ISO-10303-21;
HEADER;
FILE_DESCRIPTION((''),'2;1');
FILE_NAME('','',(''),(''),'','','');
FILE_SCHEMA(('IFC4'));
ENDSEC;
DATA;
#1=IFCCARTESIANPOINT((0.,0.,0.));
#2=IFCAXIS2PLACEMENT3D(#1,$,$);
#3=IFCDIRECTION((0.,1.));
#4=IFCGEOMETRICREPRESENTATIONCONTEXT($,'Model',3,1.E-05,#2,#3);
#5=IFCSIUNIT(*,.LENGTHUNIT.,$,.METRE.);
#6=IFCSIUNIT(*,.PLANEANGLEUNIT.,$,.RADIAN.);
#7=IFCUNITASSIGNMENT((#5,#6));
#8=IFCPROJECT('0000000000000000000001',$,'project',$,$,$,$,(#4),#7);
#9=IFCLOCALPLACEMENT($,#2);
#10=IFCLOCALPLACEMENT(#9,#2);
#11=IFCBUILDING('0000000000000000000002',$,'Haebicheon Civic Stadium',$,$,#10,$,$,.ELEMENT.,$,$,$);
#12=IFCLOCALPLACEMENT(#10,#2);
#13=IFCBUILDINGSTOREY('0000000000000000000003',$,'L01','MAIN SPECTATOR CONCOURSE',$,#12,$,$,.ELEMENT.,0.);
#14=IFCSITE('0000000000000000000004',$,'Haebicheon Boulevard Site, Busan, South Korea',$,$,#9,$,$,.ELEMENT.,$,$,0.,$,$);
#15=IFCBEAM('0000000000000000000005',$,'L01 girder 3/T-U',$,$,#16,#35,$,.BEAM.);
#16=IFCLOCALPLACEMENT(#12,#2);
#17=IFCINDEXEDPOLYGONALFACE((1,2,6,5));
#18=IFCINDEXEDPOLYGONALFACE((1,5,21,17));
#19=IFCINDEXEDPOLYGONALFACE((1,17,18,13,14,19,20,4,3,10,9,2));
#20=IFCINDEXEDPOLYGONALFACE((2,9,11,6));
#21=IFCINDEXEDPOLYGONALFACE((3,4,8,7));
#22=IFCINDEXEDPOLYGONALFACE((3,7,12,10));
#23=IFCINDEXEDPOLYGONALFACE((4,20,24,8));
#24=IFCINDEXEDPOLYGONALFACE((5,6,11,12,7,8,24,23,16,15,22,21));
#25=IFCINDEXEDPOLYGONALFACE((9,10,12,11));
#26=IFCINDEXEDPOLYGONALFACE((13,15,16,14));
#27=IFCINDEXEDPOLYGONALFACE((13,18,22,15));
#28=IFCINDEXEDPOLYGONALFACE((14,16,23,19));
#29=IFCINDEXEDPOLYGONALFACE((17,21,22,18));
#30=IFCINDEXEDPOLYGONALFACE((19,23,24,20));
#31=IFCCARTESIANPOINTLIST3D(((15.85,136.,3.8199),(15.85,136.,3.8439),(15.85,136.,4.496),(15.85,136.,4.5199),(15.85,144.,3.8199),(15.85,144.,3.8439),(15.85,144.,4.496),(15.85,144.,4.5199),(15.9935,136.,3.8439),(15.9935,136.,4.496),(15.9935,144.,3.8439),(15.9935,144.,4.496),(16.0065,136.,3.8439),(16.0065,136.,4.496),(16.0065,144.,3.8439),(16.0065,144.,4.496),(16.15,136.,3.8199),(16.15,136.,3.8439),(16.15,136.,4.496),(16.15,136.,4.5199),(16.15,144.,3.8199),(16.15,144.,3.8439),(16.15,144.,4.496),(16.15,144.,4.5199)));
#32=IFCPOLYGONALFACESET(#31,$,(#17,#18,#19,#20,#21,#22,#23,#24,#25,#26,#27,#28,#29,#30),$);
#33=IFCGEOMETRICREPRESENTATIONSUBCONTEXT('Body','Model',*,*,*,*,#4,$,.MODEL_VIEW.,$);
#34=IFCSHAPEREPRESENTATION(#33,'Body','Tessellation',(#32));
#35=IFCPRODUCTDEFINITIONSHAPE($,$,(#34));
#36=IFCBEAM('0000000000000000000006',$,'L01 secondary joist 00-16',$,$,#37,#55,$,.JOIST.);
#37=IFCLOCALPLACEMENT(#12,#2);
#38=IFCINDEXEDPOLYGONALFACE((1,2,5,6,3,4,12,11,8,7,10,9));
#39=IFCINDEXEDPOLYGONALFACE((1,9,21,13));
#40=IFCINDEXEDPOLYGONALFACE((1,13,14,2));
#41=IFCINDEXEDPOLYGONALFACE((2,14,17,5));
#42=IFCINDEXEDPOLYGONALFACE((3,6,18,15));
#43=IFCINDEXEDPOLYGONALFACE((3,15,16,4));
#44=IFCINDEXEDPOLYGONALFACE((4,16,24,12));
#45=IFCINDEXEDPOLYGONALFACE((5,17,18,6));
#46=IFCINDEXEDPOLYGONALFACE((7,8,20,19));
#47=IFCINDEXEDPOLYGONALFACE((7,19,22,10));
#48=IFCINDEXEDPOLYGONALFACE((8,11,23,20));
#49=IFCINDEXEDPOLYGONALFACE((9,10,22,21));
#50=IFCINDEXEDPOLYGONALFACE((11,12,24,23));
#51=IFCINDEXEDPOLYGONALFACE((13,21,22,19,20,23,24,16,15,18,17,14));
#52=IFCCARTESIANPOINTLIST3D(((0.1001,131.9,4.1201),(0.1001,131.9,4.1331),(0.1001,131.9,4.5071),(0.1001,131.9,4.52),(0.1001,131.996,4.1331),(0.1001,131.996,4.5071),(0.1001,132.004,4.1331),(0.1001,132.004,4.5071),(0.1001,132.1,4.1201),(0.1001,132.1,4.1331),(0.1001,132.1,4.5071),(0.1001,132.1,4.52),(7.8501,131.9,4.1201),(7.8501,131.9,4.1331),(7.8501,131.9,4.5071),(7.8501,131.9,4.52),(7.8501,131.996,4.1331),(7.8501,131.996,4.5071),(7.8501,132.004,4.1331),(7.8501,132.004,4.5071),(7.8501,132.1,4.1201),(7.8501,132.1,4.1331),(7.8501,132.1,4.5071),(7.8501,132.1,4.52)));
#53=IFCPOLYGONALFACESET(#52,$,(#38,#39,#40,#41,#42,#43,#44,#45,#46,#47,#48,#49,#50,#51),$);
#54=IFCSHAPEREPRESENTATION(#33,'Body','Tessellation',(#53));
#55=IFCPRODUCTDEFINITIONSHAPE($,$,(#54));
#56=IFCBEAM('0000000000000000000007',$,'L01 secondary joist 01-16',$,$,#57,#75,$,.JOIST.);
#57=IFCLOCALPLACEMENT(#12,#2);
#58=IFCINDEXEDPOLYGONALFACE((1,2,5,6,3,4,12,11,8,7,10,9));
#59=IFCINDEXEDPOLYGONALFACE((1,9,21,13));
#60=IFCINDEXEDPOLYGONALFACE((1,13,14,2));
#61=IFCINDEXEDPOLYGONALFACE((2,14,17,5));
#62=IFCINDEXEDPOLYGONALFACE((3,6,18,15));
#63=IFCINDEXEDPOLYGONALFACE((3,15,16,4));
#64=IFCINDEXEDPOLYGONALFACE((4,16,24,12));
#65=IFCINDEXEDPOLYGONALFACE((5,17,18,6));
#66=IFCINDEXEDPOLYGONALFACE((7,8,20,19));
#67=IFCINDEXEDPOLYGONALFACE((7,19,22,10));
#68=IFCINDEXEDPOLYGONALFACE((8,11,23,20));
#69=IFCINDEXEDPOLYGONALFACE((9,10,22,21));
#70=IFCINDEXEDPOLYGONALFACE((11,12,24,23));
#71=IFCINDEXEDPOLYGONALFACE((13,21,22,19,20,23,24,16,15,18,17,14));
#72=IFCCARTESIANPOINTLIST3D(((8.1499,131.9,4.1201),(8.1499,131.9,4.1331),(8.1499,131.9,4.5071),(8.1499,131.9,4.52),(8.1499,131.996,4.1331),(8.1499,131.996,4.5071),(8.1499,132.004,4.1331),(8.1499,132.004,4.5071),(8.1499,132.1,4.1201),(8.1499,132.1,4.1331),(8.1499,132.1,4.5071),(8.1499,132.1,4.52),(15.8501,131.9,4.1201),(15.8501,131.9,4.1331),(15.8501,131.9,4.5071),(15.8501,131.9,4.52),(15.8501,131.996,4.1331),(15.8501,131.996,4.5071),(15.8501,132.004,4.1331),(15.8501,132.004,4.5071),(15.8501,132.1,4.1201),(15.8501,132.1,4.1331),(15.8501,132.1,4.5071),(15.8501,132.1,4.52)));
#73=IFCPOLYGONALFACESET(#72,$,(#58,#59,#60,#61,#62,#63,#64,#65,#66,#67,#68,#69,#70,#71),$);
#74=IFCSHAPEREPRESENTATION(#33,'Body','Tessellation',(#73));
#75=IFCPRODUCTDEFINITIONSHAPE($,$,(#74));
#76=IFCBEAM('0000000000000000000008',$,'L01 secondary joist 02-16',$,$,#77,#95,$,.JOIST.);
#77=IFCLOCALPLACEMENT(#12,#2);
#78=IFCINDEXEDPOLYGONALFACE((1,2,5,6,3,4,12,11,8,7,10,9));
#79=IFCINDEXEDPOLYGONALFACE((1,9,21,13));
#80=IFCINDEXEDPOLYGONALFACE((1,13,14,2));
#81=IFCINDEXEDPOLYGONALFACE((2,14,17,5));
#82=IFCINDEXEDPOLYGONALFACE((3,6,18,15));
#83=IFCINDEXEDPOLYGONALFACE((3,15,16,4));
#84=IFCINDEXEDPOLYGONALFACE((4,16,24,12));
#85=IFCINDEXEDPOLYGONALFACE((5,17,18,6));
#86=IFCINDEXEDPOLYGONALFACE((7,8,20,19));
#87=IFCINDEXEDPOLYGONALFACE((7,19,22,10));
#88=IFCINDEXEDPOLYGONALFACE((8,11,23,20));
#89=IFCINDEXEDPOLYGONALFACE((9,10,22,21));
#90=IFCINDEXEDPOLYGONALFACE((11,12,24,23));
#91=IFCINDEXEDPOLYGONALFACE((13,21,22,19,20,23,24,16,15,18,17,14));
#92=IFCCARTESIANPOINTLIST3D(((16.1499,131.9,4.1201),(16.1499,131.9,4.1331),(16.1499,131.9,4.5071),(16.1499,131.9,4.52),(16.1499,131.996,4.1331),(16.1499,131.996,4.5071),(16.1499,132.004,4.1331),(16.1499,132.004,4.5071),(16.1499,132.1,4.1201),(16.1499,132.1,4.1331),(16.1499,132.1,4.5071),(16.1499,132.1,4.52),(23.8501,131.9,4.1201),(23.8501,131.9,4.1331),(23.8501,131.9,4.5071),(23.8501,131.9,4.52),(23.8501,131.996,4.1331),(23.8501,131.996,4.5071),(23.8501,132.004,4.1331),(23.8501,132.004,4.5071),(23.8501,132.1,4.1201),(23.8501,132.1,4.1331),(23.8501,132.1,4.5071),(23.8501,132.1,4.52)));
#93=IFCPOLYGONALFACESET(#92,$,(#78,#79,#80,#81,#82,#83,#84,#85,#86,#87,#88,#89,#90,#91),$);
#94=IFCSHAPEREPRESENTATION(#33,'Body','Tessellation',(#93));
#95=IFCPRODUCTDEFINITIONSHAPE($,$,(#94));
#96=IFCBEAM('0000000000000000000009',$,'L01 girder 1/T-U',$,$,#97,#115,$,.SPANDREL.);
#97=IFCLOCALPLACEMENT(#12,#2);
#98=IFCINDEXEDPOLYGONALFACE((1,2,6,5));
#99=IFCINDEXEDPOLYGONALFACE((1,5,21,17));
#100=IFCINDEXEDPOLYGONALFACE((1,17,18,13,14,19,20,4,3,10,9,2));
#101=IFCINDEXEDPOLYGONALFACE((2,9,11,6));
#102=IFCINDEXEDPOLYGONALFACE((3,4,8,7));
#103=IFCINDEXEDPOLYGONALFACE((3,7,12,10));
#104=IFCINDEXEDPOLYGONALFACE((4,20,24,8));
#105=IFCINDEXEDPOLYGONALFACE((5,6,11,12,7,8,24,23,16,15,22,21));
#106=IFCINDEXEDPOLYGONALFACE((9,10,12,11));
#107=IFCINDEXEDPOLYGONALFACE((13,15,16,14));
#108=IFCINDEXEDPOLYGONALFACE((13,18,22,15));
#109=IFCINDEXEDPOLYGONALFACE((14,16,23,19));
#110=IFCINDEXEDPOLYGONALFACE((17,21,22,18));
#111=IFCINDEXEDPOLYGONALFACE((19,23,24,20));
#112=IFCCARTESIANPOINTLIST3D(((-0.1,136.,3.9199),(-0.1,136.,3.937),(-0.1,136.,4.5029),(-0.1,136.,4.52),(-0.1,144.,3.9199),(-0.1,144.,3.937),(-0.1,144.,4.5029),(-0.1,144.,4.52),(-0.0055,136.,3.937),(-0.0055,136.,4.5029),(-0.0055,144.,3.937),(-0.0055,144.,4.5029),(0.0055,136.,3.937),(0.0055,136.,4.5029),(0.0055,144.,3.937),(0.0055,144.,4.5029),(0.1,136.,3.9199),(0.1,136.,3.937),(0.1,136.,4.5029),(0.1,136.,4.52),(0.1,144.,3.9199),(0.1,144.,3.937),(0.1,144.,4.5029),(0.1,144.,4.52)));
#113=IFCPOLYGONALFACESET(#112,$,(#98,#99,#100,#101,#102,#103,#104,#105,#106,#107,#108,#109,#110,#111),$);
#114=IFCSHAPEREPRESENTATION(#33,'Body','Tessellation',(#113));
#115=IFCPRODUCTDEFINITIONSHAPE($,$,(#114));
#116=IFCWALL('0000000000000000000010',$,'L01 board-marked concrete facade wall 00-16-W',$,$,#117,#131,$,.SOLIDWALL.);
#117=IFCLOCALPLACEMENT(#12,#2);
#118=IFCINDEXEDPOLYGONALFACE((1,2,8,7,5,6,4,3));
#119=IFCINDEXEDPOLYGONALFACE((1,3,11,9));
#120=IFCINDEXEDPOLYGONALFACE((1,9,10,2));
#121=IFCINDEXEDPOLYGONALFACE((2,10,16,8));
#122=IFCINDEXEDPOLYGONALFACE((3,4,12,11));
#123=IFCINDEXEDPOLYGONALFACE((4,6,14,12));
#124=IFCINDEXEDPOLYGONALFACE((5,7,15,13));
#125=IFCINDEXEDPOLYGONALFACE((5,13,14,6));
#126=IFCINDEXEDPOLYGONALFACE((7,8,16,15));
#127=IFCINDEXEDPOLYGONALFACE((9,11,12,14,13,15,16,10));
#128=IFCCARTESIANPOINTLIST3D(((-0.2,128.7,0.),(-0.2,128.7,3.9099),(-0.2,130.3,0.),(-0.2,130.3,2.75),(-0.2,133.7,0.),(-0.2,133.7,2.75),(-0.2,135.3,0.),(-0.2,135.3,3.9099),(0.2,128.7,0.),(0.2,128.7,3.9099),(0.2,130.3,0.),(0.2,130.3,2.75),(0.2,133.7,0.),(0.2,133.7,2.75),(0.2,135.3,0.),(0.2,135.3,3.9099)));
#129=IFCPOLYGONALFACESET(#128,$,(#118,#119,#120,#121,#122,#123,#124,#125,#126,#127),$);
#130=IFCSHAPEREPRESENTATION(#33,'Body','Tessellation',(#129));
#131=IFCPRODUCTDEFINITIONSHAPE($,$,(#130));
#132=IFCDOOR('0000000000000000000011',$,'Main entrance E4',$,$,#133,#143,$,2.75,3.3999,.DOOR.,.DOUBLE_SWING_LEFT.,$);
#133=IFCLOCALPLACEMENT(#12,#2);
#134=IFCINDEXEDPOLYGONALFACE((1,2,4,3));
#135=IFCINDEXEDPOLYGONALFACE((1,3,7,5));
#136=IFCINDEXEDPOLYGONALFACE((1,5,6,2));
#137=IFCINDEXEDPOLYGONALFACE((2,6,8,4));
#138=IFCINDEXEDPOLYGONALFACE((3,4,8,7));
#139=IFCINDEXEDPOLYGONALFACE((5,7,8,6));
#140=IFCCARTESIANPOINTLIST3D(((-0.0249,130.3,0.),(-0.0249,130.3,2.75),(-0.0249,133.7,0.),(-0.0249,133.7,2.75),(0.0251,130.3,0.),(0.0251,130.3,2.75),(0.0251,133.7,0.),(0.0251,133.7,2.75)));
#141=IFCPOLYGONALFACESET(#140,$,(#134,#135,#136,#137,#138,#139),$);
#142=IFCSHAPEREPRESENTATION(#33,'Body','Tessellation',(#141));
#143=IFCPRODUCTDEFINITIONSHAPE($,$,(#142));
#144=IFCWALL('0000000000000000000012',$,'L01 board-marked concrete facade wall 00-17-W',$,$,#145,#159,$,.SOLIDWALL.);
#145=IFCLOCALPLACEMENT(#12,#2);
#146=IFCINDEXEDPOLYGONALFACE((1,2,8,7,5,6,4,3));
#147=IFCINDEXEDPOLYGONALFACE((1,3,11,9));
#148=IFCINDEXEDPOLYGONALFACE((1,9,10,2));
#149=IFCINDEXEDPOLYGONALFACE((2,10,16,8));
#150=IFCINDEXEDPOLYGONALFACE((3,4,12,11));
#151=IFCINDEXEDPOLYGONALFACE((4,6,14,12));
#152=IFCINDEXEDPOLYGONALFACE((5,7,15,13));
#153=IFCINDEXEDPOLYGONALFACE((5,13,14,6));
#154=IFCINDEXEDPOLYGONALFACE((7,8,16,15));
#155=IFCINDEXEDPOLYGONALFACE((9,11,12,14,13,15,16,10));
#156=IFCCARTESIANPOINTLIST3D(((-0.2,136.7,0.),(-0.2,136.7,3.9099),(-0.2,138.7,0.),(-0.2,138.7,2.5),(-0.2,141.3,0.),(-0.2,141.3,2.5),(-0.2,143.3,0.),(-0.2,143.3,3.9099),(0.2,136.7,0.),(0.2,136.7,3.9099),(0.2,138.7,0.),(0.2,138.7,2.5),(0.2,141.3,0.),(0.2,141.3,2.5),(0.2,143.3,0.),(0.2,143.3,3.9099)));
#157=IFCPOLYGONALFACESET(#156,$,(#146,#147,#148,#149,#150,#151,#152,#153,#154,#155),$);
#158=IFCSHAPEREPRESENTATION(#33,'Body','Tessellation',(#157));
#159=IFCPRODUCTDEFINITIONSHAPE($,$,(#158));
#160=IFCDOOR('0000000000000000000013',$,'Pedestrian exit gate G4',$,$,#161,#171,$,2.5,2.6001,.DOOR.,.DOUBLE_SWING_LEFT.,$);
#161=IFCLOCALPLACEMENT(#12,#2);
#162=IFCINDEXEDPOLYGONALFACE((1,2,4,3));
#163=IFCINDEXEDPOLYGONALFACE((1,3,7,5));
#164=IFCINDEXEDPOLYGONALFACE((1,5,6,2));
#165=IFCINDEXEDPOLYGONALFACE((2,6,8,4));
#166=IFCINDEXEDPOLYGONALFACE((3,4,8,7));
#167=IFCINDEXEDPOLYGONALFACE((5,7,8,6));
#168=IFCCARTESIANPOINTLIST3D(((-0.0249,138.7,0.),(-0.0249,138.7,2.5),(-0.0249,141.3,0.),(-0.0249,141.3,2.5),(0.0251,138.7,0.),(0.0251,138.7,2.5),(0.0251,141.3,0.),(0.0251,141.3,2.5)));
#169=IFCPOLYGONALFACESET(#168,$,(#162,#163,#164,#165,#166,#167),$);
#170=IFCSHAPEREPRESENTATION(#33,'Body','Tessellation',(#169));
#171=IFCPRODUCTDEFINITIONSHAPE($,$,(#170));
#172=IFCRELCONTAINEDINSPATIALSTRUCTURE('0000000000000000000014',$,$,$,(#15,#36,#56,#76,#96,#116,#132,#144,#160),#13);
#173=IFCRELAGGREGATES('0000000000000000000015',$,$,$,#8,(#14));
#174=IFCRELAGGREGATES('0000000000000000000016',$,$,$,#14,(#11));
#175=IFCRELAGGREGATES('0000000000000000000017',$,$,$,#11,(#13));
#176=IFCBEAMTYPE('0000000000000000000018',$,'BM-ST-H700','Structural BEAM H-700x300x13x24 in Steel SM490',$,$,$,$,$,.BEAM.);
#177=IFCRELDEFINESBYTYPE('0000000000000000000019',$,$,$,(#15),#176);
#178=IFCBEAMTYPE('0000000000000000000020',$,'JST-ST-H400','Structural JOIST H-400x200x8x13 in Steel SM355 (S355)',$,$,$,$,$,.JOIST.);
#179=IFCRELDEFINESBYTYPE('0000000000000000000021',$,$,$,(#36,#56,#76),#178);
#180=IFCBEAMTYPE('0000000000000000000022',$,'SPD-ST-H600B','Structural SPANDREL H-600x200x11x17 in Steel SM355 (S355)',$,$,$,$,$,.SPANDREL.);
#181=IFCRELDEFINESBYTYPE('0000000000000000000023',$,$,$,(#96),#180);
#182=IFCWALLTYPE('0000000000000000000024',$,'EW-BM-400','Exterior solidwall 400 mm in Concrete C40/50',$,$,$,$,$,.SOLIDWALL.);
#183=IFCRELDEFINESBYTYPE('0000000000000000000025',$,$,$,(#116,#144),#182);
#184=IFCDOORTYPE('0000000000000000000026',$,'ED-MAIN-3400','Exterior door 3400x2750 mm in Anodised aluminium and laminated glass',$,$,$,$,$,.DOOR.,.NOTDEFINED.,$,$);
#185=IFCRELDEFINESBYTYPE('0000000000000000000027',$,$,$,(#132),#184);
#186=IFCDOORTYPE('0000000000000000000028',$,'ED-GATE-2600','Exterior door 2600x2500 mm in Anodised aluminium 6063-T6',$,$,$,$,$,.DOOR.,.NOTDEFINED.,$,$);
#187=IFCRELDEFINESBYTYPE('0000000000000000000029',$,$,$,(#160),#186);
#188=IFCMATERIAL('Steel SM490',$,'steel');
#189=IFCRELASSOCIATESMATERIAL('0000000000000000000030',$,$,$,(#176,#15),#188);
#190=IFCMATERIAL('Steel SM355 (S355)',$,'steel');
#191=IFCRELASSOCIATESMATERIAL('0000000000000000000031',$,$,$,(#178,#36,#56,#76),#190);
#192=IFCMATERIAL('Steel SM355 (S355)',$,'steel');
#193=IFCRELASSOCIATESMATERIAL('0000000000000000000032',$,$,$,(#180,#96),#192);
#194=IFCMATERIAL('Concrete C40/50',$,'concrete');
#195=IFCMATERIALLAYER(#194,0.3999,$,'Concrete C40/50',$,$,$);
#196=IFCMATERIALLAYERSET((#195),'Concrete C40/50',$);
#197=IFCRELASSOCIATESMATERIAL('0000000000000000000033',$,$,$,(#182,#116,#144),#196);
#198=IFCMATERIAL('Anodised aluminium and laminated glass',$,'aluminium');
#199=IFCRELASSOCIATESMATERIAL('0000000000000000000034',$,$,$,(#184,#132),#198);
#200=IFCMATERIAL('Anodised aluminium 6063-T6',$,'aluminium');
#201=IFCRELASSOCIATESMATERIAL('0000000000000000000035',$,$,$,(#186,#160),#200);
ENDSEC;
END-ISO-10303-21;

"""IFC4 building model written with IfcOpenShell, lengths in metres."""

from ifc_helpers import new_model, si_unit, direction, frame, frame_2d, origin, origin_2d, place, context, subcontext, project, spatial, rectangle, i_section, extrude, material, layer, layer_set, material_profile, profile_set, type_object, element, fill, save


model = new_model("IFC4")

# Units and contexts
model_context = context("Model", 3, precision=1e-05, world=origin(), true_north=direction((0.0, 1.0)))
body_context = subcontext(model_context, "Body", "Model", "MODEL_VIEW")
ifc_project = project(units=[si_unit("LENGTHUNIT", "METRE"), si_unit("PLANEANGLEUNIT", "RADIAN")], contexts=[model_context])

# Site, building, storey
site_placement = place(None, origin())
site = spatial("IfcSite", under=ifc_project, at=site_placement, Name="Haebicheon Boulevard Site, Busan, South Korea", CompositionType="ELEMENT", RefElevation=0.0)
building_placement = place(site_placement, origin())
building = spatial("IfcBuilding", under=site, at=building_placement, Name="Haebicheon Civic Stadium", CompositionType="ELEMENT")
storey_placement = place(building_placement, origin())
storey = spatial("IfcBuildingStorey", under=building, at=storey_placement, Name="L01", Description="MAIN SPECTATOR CONCOURSE", CompositionType="ELEMENT", Elevation=0.0)

# Beams
ifc_material_1 = material(Name="Steel SM490", Category="steel")
ifc_material_profile_1 = material_profile(ifc_material_1, i_section(OverallWidth=0.3, OverallDepth=0.7, WebThickness=0.0129, FlangeThickness=0.0239, at=origin_2d()), Name="H-700x300x13x24")
ifc_profile_set_1 = profile_set([ifc_material_profile_1], Name="Steel SM490")
beam_type_1 = type_object("IfcBeamType", Name="BM-ST-H700", Description="Structural BEAM H-700x300x13x24 in Steel SM490", PredefinedType="BEAM", material=ifc_profile_set_1)
for number, where, z_axis, x_axis, name in (
    (1, (16.0, 136.0, 4.1699), (0.0, 1.0, 0.0), (-1.0, 0.0, 0.0), "L01 girder 3/T-U"),
):
    element("IfcBeam", number, at=place(storey_placement, frame(where, z_axis=z_axis, x_axis=x_axis)), inside=storey, type_object=beam_type_1, material=ifc_profile_set_1, Name=name, PredefinedType="BEAM", context=body_context, shape_type="SweptSolid", body=[
        extrude(i_section(OverallWidth=0.3, OverallDepth=0.7, WebThickness=0.0129, FlangeThickness=0.0239, at=origin_2d()), origin(), (0.0, 0.0, 1.0), 8.0),
    ])
ifc_material_2 = material(Name="Steel SM355 (S355)", Category="steel")
ifc_material_profile_2 = material_profile(ifc_material_2, i_section(OverallWidth=0.2, OverallDepth=0.3999, WebThickness=0.0081, FlangeThickness=0.0129, at=origin_2d()), Name="H-400x200x8x13")
ifc_profile_set_2 = profile_set([ifc_material_profile_2], Name="Steel SM355 (S355)")
beam_type_2 = type_object("IfcBeamType", Name="JST-ST-H400", Description="Structural JOIST H-400x200x8x13 in Steel SM355 (S355)", PredefinedType="JOIST", material=ifc_profile_set_2)
beam_1_placement = place(storey_placement, frame((0.1001, 132.0, 4.3201), z_axis=(1.0, 0.0, 0.0), x_axis=(0.0, 1.0, 0.0)))
element("IfcBeam", 2, at=beam_1_placement, inside=storey, type_object=beam_type_2, material=ifc_profile_set_2, Name="L01 secondary joist 00-16", PredefinedType="JOIST", context=body_context, shape_type="SweptSolid", body=[
    extrude(i_section(OverallWidth=0.2, OverallDepth=0.3999, WebThickness=0.0081, FlangeThickness=0.0129, at=origin_2d()), origin(), (0.0, 0.0, 1.0), 7.75),
])
for number, where, z_axis, x_axis, name in (
    (3, (8.1499, 132.0, 4.3201), (1.0, 0.0, 0.0), (0.0, 1.0, 0.0), "L01 secondary joist 01-16"),
    (4, (16.1499, 132.0, 4.3201), (1.0, 0.0, 0.0), (0.0, 1.0, 0.0), "L01 secondary joist 02-16"),
):
    element("IfcBeam", number, at=place(storey_placement, frame(where, z_axis=z_axis, x_axis=x_axis)), inside=storey, type_object=beam_type_2, material=ifc_profile_set_2, Name=name, PredefinedType="JOIST", context=body_context, shape_type="SweptSolid", body=[
        extrude(i_section(OverallWidth=0.2, OverallDepth=0.3999, WebThickness=0.0081, FlangeThickness=0.0129, at=origin_2d()), origin(), (0.0, 0.0, 1.0), 7.7002),
    ])
ifc_material_3 = material(Name="Steel SM355 (S355)", Category="steel")
ifc_material_profile_3 = material_profile(ifc_material_3, i_section(OverallWidth=0.2, OverallDepth=0.6001, WebThickness=0.011, FlangeThickness=0.0171, at=origin_2d()), Name="H-600x200x11x17")
ifc_profile_set_3 = profile_set([ifc_material_profile_3], Name="Steel SM355 (S355)")
beam_type_3 = type_object("IfcBeamType", Name="SPD-ST-H600B", Description="Structural SPANDREL H-600x200x11x17 in Steel SM355 (S355)", PredefinedType="SPANDREL", material=ifc_profile_set_3)
beam_2_placement = place(storey_placement, frame((0.0, 136.0, 4.22), z_axis=(0.0, 1.0, 0.0), x_axis=(-1.0, 0.0, 0.0)))
element("IfcBeam", 5, at=beam_2_placement, inside=storey, type_object=beam_type_3, material=ifc_profile_set_3, Name="L01 girder 1/T-U", PredefinedType="SPANDREL", context=body_context, shape_type="SweptSolid", body=[
    extrude(i_section(OverallWidth=0.2, OverallDepth=0.6001, WebThickness=0.011, FlangeThickness=0.0171, at=origin_2d()), origin(), (0.0, 0.0, 1.0), 8.0),
])

# Walls, openings, doors
ifc_material_4 = material(Name="Concrete C40/50", Category="concrete")
ifc_layer_1 = layer(ifc_material_4, 0.3999, Name="Concrete C40/50")
ifc_layer_set_1 = layer_set([ifc_layer_1], Name="Concrete C40/50")
wall_type_1 = type_object("IfcWallType", Name="EW-BM-400", Description="Exterior solidwall 400 mm in Concrete C40/50", PredefinedType="SOLIDWALL", material=ifc_layer_set_1)
wall_1_placement = place(storey_placement, frame((0.0, 128.7, 0.0), z_axis=(0.0, 0.0, 1.0), x_axis=(0.0, 1.0, 0.0)))
wall_1 = element("IfcWall", 6, at=wall_1_placement, inside=storey, type_object=wall_type_1, material=ifc_layer_set_1, Name="L01 board-marked concrete facade wall 00-16-W", PredefinedType="SOLIDWALL", context=body_context, shape_type="SweptSolid", body=[
    extrude(rectangle(XDim=6.6001, YDim=0.3999, at=frame_2d((3.3, 0.0))), origin(), (0.0, 0.0, 1.0), 3.9099),
])
opening_1_placement = place(wall_1_placement, frame((1.6001, 0.0, 0.0)))
opening_1 = element("IfcOpeningElement", 7, at=opening_1_placement, cuts=wall_1, PredefinedType="OPENING", context=body_context, shape_type="SweptSolid", body=[
    extrude(rectangle(XDim=3.3999, YDim=2.75, at=frame_2d((1.7, 1.375))), frame((0.0, 0.21, 0.0), z_axis=(0.0, -1.0, 0.0), x_axis=(1.0, 0.0, 0.0)), (0.0, 0.0, 1.0), 0.4199),
])
ifc_material_5 = material(Name="Anodised aluminium and laminated glass", Category="aluminium")
door_type_1 = type_object("IfcDoorType", Name="ED-MAIN-3400", Description="Exterior door 3400x2750 mm in Anodised aluminium and laminated glass", OperationType="NOTDEFINED", PredefinedType="DOOR", material=ifc_material_5)
door_1_placement = place(opening_1_placement, origin())
door_1 = element("IfcDoor", 8, at=door_1_placement, inside=storey, type_object=door_type_1, material=ifc_material_5, Name="Main entrance E4", OperationType="DOUBLE_SWING_LEFT", OverallHeight=2.75, OverallWidth=3.3999, PredefinedType="DOOR", context=body_context, shape_type="SweptSolid", body=[
    extrude(rectangle(XDim=3.3999, YDim=2.75, at=frame_2d((1.7, 1.375))), frame((0.0, 0.0249, 0.0), z_axis=(0.0, -1.0, 0.0), x_axis=(1.0, 0.0, 0.0)), (0.0, 0.0, 1.0), 0.05),
])
fill(opening_1, door_1)
wall_2_placement = place(storey_placement, frame((0.0, 136.7, 0.0), z_axis=(0.0, 0.0, 1.0), x_axis=(0.0, 1.0, 0.0)))
wall_2 = element("IfcWall", 9, at=wall_2_placement, inside=storey, type_object=wall_type_1, material=ifc_layer_set_1, Name="L01 board-marked concrete facade wall 00-17-W", PredefinedType="SOLIDWALL", context=body_context, shape_type="SweptSolid", body=[
    extrude(rectangle(XDim=6.6001, YDim=0.3999, at=frame_2d((3.3, 0.0))), origin(), (0.0, 0.0, 1.0), 3.9099),
])
opening_2_placement = place(wall_2_placement, frame((2.0, 0.0, 0.0)))
opening_2 = element("IfcOpeningElement", 10, at=opening_2_placement, cuts=wall_2, PredefinedType="OPENING", context=body_context, shape_type="SweptSolid", body=[
    extrude(rectangle(XDim=2.6001, YDim=2.5, at=frame_2d((1.3, 1.25))), frame((0.0, 0.21, 0.0), z_axis=(0.0, -1.0, 0.0), x_axis=(1.0, 0.0, 0.0)), (0.0, 0.0, 1.0), 0.4199),
])
ifc_material_6 = material(Name="Anodised aluminium 6063-T6", Category="aluminium")
door_type_2 = type_object("IfcDoorType", Name="ED-GATE-2600", Description="Exterior door 2600x2500 mm in Anodised aluminium 6063-T6", OperationType="NOTDEFINED", PredefinedType="DOOR", material=ifc_material_6)
door_2_placement = place(opening_2_placement, origin())
door_2 = element("IfcDoor", 11, at=door_2_placement, inside=storey, type_object=door_type_2, material=ifc_material_6, Name="Pedestrian exit gate G4", OperationType="DOUBLE_SWING_LEFT", OverallHeight=2.5, OverallWidth=2.6001, PredefinedType="DOOR", context=body_context, shape_type="SweptSolid", body=[
    extrude(rectangle(XDim=2.6001, YDim=2.5, at=frame_2d((1.3, 1.25))), frame((0.0, 0.0249, 0.0), z_axis=(0.0, -1.0, 0.0), x_axis=(1.0, 0.0, 0.0)), (0.0, 0.0, 1.0), 0.05),
])
fill(opening_2, door_2)

save(model, "model.ifc")
